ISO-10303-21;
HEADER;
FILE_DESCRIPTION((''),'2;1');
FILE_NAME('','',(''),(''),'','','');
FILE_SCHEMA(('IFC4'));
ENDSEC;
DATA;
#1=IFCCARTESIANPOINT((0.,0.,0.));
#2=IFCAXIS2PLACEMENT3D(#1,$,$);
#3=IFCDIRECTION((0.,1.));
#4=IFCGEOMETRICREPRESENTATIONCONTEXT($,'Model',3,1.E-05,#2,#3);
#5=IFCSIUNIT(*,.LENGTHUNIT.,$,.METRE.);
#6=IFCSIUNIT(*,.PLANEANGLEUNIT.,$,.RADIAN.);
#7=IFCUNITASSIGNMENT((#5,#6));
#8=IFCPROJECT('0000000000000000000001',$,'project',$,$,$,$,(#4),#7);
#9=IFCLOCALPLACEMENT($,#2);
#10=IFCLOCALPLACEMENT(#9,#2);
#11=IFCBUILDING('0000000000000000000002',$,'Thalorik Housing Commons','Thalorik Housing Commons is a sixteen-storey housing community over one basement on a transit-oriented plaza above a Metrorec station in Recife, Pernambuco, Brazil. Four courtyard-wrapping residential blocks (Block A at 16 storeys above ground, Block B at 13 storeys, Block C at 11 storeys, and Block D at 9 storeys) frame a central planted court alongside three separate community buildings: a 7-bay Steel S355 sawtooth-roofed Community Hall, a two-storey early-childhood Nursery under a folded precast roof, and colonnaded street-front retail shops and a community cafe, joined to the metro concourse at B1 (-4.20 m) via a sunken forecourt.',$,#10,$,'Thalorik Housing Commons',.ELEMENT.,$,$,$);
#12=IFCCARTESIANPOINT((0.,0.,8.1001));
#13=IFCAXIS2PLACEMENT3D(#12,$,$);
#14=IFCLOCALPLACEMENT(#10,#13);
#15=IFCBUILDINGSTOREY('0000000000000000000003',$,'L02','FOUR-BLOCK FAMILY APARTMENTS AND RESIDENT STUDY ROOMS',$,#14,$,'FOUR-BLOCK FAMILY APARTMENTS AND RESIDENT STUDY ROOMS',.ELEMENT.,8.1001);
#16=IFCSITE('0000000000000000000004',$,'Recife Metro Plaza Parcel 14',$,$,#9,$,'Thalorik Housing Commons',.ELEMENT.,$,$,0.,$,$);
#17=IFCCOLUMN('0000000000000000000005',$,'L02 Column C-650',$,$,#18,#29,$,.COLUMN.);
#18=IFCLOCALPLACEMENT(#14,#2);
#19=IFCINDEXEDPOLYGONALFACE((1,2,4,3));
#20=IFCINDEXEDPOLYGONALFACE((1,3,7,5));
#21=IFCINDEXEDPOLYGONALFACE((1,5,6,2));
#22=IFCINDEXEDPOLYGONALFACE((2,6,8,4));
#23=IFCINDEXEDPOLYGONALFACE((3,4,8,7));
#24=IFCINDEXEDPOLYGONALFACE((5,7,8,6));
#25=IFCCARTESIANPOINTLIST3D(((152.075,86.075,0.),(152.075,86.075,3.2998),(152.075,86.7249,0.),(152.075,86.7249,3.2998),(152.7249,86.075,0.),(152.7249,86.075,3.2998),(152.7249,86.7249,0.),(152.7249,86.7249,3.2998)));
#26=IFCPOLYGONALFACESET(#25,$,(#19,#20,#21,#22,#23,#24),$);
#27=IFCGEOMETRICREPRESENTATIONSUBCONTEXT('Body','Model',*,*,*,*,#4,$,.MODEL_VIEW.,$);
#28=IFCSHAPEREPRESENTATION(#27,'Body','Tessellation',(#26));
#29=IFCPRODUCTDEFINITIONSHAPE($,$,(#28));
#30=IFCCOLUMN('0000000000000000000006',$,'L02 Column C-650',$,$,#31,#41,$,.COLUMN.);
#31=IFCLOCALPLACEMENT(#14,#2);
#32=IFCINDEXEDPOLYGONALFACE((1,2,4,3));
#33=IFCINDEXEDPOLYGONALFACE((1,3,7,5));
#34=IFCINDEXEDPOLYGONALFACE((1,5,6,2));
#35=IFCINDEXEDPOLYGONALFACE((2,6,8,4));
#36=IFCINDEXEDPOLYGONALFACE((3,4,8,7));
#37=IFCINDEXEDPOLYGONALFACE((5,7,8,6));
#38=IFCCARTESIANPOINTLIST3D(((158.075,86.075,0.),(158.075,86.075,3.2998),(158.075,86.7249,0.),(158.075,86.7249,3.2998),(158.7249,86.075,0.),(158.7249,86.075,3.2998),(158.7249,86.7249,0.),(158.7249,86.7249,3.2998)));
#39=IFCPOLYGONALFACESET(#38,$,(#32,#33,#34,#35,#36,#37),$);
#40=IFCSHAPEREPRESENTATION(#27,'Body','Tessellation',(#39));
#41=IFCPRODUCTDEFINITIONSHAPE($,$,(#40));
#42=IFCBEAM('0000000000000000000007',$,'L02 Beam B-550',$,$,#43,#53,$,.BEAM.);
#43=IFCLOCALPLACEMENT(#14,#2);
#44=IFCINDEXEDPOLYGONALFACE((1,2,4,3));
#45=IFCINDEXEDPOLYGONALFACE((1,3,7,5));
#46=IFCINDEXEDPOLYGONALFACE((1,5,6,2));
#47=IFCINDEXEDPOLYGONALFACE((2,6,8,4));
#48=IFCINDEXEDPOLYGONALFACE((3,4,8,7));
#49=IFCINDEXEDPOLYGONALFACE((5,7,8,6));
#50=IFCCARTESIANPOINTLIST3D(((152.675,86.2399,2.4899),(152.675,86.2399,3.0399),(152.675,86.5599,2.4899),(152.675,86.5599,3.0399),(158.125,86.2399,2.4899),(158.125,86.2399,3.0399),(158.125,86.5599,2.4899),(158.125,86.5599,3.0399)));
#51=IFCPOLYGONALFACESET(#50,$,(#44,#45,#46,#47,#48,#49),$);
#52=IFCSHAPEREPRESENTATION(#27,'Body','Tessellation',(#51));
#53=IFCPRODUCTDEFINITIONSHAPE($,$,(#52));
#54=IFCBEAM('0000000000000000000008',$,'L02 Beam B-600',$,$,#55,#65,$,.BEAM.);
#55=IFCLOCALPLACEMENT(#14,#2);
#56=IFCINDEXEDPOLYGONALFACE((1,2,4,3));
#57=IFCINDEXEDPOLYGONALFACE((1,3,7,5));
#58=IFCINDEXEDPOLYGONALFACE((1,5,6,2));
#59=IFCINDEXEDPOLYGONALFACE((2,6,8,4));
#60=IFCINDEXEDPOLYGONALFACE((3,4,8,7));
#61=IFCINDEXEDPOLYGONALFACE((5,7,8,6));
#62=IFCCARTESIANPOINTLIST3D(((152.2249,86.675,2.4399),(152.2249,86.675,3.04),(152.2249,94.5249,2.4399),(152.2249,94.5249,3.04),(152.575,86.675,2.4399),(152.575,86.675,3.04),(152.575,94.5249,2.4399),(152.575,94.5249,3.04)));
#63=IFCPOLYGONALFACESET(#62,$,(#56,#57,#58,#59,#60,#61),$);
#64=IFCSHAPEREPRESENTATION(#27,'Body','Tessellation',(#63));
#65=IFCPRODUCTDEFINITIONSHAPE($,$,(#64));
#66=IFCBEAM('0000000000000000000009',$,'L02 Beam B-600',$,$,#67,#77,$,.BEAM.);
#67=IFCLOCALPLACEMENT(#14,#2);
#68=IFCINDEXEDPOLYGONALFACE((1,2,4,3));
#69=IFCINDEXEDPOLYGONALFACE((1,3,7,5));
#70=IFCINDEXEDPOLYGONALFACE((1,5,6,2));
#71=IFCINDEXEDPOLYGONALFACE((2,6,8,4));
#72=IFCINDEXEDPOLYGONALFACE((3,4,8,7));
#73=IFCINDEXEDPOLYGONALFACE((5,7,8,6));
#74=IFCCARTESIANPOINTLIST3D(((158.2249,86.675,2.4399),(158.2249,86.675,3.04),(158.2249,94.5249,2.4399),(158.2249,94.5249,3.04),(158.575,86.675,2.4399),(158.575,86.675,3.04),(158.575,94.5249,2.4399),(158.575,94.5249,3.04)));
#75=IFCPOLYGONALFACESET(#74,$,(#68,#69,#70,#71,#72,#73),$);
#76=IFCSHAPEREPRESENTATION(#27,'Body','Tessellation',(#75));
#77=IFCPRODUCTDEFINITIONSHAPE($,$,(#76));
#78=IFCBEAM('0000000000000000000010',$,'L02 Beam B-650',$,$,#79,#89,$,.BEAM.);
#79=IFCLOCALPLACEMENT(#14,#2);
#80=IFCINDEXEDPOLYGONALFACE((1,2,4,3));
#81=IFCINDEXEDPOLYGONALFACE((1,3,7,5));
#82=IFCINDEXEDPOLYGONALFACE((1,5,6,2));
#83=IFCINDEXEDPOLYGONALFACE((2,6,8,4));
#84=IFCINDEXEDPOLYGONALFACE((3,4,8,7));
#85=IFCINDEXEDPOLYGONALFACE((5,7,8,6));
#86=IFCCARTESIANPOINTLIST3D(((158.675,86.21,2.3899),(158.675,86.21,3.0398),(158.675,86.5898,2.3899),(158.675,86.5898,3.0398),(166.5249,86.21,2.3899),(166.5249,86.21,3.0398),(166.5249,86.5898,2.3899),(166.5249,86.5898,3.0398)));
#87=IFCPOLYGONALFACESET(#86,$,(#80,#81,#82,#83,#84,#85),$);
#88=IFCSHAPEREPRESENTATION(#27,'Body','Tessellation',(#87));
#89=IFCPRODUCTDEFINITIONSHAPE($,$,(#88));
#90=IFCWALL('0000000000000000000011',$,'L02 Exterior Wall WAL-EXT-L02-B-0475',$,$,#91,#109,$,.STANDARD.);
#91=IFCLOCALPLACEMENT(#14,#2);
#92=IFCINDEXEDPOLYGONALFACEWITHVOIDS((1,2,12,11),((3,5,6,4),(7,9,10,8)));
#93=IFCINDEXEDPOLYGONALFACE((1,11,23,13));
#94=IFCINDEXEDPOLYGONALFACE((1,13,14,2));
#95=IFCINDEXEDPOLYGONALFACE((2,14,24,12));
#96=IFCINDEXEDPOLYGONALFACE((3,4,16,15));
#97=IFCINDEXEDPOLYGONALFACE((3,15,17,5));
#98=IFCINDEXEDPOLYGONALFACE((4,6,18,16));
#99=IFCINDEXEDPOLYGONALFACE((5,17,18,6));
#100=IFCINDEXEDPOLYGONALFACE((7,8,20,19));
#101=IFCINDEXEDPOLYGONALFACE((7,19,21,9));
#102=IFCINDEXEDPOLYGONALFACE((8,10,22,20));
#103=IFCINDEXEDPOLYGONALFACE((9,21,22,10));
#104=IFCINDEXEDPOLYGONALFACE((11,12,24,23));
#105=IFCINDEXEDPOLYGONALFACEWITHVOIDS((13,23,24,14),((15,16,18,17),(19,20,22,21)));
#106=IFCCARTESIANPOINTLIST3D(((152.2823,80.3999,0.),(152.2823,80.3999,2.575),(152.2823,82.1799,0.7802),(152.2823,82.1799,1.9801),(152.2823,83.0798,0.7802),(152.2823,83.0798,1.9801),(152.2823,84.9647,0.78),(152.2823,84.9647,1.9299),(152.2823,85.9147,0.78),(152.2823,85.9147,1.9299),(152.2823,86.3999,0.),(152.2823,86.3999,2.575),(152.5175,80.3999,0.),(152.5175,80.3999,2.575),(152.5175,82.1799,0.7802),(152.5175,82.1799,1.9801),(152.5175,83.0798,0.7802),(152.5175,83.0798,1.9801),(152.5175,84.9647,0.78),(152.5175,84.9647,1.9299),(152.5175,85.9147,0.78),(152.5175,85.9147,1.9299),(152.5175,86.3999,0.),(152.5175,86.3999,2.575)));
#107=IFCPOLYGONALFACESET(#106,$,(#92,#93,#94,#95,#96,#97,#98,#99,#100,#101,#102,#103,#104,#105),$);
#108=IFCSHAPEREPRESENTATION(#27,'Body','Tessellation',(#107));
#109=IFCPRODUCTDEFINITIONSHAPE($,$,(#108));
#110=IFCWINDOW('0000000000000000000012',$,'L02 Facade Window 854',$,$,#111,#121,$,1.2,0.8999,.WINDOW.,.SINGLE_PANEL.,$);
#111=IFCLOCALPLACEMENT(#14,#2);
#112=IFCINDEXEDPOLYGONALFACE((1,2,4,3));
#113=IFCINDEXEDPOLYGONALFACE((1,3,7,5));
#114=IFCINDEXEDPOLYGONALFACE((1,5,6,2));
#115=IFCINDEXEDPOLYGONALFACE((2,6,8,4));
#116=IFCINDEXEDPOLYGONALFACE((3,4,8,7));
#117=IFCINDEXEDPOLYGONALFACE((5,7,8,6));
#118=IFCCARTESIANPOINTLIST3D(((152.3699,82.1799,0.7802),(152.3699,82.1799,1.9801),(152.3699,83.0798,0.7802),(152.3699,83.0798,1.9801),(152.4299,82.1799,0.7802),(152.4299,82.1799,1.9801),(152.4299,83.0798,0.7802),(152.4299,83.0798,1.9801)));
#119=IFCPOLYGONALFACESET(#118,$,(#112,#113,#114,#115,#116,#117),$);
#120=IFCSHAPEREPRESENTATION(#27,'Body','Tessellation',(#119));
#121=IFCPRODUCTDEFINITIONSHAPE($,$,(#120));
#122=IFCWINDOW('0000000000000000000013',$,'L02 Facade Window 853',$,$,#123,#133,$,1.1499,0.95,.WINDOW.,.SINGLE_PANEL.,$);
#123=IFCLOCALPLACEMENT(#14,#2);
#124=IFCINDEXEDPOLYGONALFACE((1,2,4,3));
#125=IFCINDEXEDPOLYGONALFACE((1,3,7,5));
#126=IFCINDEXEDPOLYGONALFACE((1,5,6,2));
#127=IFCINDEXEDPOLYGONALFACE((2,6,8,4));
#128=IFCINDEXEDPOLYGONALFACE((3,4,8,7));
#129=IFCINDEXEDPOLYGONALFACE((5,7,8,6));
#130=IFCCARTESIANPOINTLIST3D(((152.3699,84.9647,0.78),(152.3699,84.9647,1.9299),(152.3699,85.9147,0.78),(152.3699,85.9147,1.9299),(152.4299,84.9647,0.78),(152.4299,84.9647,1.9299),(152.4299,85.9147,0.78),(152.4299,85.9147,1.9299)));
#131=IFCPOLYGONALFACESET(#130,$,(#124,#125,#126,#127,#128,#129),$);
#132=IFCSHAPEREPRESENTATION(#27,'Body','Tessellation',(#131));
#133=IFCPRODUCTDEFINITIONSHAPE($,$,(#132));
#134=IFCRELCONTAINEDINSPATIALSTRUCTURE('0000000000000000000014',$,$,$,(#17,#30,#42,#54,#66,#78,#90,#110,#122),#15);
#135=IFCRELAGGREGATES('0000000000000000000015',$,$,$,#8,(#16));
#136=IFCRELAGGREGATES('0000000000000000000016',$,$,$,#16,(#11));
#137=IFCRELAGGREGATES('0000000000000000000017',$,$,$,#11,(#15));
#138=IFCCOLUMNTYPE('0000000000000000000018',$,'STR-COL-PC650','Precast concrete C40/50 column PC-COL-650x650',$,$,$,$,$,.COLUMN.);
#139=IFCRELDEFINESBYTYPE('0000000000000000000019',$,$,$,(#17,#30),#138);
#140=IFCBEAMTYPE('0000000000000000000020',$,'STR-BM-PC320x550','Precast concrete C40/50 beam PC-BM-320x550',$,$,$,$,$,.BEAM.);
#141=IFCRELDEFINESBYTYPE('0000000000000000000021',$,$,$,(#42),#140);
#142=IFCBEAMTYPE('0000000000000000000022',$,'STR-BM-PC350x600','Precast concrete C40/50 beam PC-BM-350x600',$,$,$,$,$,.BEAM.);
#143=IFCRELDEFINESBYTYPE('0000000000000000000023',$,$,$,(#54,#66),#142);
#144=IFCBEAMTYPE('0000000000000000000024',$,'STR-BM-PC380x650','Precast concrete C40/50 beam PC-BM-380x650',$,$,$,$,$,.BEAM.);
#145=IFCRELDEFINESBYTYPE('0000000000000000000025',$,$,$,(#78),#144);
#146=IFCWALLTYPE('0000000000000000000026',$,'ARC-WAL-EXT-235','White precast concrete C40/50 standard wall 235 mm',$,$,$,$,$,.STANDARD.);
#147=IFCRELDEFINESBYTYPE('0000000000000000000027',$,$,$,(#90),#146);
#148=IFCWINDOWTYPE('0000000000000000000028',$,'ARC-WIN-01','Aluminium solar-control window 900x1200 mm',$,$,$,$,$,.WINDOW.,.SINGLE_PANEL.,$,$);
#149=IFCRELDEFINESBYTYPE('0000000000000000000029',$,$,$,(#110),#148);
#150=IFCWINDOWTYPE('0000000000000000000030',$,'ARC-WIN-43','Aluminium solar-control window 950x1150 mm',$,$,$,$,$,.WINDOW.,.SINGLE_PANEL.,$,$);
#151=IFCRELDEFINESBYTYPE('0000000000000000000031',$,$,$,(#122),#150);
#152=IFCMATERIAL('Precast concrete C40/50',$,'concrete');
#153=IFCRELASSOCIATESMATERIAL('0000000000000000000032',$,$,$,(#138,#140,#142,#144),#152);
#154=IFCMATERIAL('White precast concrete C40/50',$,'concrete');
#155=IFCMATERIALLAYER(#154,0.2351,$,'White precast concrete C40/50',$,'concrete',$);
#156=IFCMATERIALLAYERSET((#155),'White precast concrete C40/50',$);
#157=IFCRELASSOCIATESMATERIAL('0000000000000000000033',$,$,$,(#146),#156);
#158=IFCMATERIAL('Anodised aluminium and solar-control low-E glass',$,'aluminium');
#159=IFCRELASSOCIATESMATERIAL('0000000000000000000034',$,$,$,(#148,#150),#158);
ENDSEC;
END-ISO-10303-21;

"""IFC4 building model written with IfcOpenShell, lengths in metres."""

from ifc_helpers import new_model, si_unit, direction, frame, frame_2d, origin, origin_2d, place, context, subcontext, project, spatial, rectangle, extrude, material, layer, layer_set, material_profile, profile_set, type_object, element, fill, save


model = new_model("IFC4")

# Units and contexts
model_context = context("Model", 3, precision=1e-05, world=origin(), true_north=direction((0.0, 1.0)))
body_context = subcontext(model_context, "Body", "Model", "MODEL_VIEW")
ifc_project = project(units=[si_unit("LENGTHUNIT", "METRE"), si_unit("PLANEANGLEUNIT", "RADIAN")], contexts=[model_context])

# Site, building, storey
site_placement = place(None, origin())
site = spatial("IfcSite", under=ifc_project, at=site_placement, Name="Recife Metro Plaza Parcel 14", LongName="Thalorik Housing Commons", CompositionType="ELEMENT", RefElevation=0.0)
building_placement = place(site_placement, origin())
building = spatial("IfcBuilding", under=site, at=building_placement, Name="Thalorik Housing Commons", Description="Thalorik Housing Commons is a sixteen-storey housing community over one basement on a transit-oriented plaza above a Metrorec station in Recife, Pernambuco, Brazil. Four courtyard-wrapping residential blocks (Block A at 16 storeys above ground, Block B at 13 storeys, Block C at 11 storeys, and Block D at 9 storeys) frame a central planted court alongside three separate community buildings: a 7-bay Steel S355 sawtooth-roofed Community Hall, a two-storey early-childhood Nursery under a folded precast roof, and colonnaded street-front retail shops and a community cafe, joined to the metro concourse at B1 (-4.20 m) via a sunken forecourt.", LongName="Thalorik Housing Commons", CompositionType="ELEMENT")
storey_placement = place(building_placement, frame((0.0, 0.0, 8.1001)))
storey = spatial("IfcBuildingStorey", under=building, at=storey_placement, Name="L02", Description="FOUR-BLOCK FAMILY APARTMENTS AND RESIDENT STUDY ROOMS", LongName="FOUR-BLOCK FAMILY APARTMENTS AND RESIDENT STUDY ROOMS", CompositionType="ELEMENT", Elevation=8.1001)

# Columns
ifc_material_1 = material(Name="Precast concrete C40/50", Category="concrete")
ifc_material_profile_1 = material_profile(ifc_material_1, rectangle(XDim=0.6499, YDim=0.6499, at=origin_2d()), Name="PC 650x650", Category="concrete")
ifc_profile_set_1 = profile_set([ifc_material_profile_1], Name="Precast concrete C40/50")
column_type = type_object("IfcColumnType", Name="STR-COL-PC650", Description="Precast concrete C40/50 column PC-COL-650x650", PredefinedType="COLUMN", material=ifc_profile_set_1)
for number, where, z_axis, x_axis, name in (
    (1, (152.3999, 86.3999, 0.0), (0.0, 0.0, 1.0), (1.0, 0.0, 0.0), "L02 Column C-650"),
    (2, (158.3999, 86.3999, 0.0), (0.0, 0.0, 1.0), (1.0, 0.0, 0.0), "L02 Column C-650"),
):
    element("IfcColumn", number, at=place(storey_placement, frame(where, z_axis=z_axis, x_axis=x_axis)), inside=storey, type_object=column_type, Name=name, PredefinedType="COLUMN", context=body_context, shape_type="SweptSolid", body=[
        extrude(rectangle(XDim=0.6499, YDim=0.6499, at=origin_2d()), origin(), (0.0, 0.0, 1.0), 3.2998),
    ])

# Beams
ifc_material_profile_2 = material_profile(ifc_material_1, rectangle(XDim=0.3201, YDim=0.55, at=origin_2d()), Name="PC 320x550", Category="concrete")
ifc_profile_set_2 = profile_set([ifc_material_profile_2], Name="Precast concrete C40/50")
beam_type_1 = type_object("IfcBeamType", Name="STR-BM-PC320x550", Description="Precast concrete C40/50 beam PC-BM-320x550", PredefinedType="BEAM", material=ifc_profile_set_2)
beam_1_placement = place(storey_placement, frame((152.675, 86.3999, 2.7649), z_axis=(1.0, 0.0, 0.0), x_axis=(0.0, 1.0, 0.0)))
element("IfcBeam", 3, at=beam_1_placement, inside=storey, type_object=beam_type_1, Name="L02 Beam B-550", PredefinedType="BEAM", context=body_context, shape_type="SweptSolid", body=[
    extrude(rectangle(XDim=0.3201, YDim=0.55, at=origin_2d()), origin(), (0.0, 0.0, 1.0), 5.45),
])
ifc_material_profile_3 = material_profile(ifc_material_1, rectangle(XDim=0.3501, YDim=0.6001, at=origin_2d()), Name="PC 350x600", Category="concrete")
ifc_profile_set_3 = profile_set([ifc_material_profile_3], Name="Precast concrete C40/50")
beam_type_2 = type_object("IfcBeamType", Name="STR-BM-PC350x600", Description="Precast concrete C40/50 beam PC-BM-350x600", PredefinedType="BEAM", material=ifc_profile_set_3)
for number, where, z_axis, x_axis, name in (
    (4, (152.3999, 86.675, 2.74), (0.0, 1.0, 0.0), (-1.0, 0.0, 0.0), "L02 Beam B-600"),
    (5, (158.3999, 86.675, 2.74), (0.0, 1.0, 0.0), (-1.0, 0.0, 0.0), "L02 Beam B-600"),
):
    element("IfcBeam", number, at=place(storey_placement, frame(where, z_axis=z_axis, x_axis=x_axis)), inside=storey, type_object=beam_type_2, Name=name, PredefinedType="BEAM", context=body_context, shape_type="SweptSolid", body=[
        extrude(rectangle(XDim=0.3501, YDim=0.6001, at=origin_2d()), origin(), (0.0, 0.0, 1.0), 7.8499),
    ])
ifc_material_profile_4 = material_profile(ifc_material_1, rectangle(XDim=0.3799, YDim=0.6499, at=origin_2d()), Name="PC 380x650", Category="concrete")
ifc_profile_set_4 = profile_set([ifc_material_profile_4], Name="Precast concrete C40/50")
beam_type_3 = type_object("IfcBeamType", Name="STR-BM-PC380x650", Description="Precast concrete C40/50 beam PC-BM-380x650", PredefinedType="BEAM", material=ifc_profile_set_4)
beam_2_placement = place(storey_placement, frame((158.675, 86.3999, 2.7148), z_axis=(1.0, 0.0, 0.0), x_axis=(0.0, 1.0, 0.0)))
element("IfcBeam", 6, at=beam_2_placement, inside=storey, type_object=beam_type_3, Name="L02 Beam B-650", PredefinedType="BEAM", context=body_context, shape_type="SweptSolid", body=[
    extrude(rectangle(XDim=0.3799, YDim=0.6499, at=origin_2d()), origin(), (0.0, 0.0, 1.0), 7.8499),
])

# Wall, openings, windows
ifc_material_2 = material(Name="White precast concrete C40/50", Category="concrete")
ifc_layer_1 = layer(ifc_material_2, 0.2351, Name="White precast concrete C40/50", Category="concrete")
ifc_layer_set_1 = layer_set([ifc_layer_1], Name="White precast concrete C40/50")
wall_type_1 = type_object("IfcWallType", Name="ARC-WAL-EXT-235", Description="White precast concrete C40/50 standard wall 235 mm", PredefinedType="STANDARD", material=ifc_layer_set_1)
wall_1_placement = place(storey_placement, frame((152.3999, 86.3999, 0.0), z_axis=(0.0, 0.0, 1.0), x_axis=(0.0, -1.0, 0.0)))
wall_1 = element("IfcWall", 7, at=wall_1_placement, inside=storey, type_object=wall_type_1, Name="L02 Exterior Wall WAL-EXT-L02-B-0475", PredefinedType="STANDARD", context=body_context, shape_type="SweptSolid", body=[
    extrude(rectangle(XDim=6.0, YDim=0.2351, at=frame_2d((3.0, 0.0))), origin(), (0.0, 0.0, 1.0), 2.575),
])
opening_1_placement = place(wall_1_placement, frame((0.4851, 0.0, 0.78)))
opening_1 = element("IfcOpeningElement", 8, at=opening_1_placement, cuts=wall_1, PredefinedType="OPENING", context=body_context, shape_type="SweptSolid", body=[
    extrude(rectangle(XDim=0.95, YDim=1.1499, at=frame_2d((0.4751, 0.575))), frame((0.0, 0.1274, 0.0), z_axis=(0.0, -1.0, 0.0), x_axis=(1.0, 0.0, 0.0)), (0.0, 0.0, 1.0), 0.2551),
])
opening_2_placement = place(wall_1_placement, frame((3.3201, 0.0, 0.78)))
opening_2 = element("IfcOpeningElement", 9, at=opening_2_placement, cuts=wall_1, PredefinedType="OPENING", context=body_context, shape_type="SweptSolid", body=[
    extrude(rectangle(XDim=0.8999, YDim=1.2, at=frame_2d((0.45, 0.6001))), frame((0.0, 0.1274, 0.0), z_axis=(0.0, -1.0, 0.0), x_axis=(1.0, 0.0, 0.0)), (0.0, 0.0, 1.0), 0.2551),
])
ifc_material_3 = material(Name="Anodised aluminium and solar-control low-E glass", Category="aluminium")
window_type_1 = type_object("IfcWindowType", Name="ARC-WIN-01", Description="Aluminium solar-control window 900x1200 mm", PartitioningType="SINGLE_PANEL", PredefinedType="WINDOW", material=ifc_material_3)
window_1_placement = place(opening_2_placement, origin())
window_1 = element("IfcWindow", 10, at=window_1_placement, inside=storey, type_object=window_type_1, Name="L02 Facade Window 854", OverallHeight=1.2, OverallWidth=0.8999, PartitioningType="SINGLE_PANEL", PredefinedType="WINDOW", context=body_context, shape_type="SweptSolid", body=[
    extrude(rectangle(XDim=0.8999, YDim=1.2, at=frame_2d((0.45, 0.6001))), frame((0.0, 0.03, 0.0), z_axis=(0.0, -1.0, 0.0), x_axis=(1.0, 0.0, 0.0)), (0.0, 0.0, 1.0), 0.0601),
])
fill(opening_2, window_1)
window_type_2 = type_object("IfcWindowType", Name="ARC-WIN-43", Description="Aluminium solar-control window 950x1150 mm", PartitioningType="SINGLE_PANEL", PredefinedType="WINDOW", material=ifc_material_3)
window_2_placement = place(opening_1_placement, origin())
window_2 = element("IfcWindow", 11, at=window_2_placement, inside=storey, type_object=window_type_2, Name="L02 Facade Window 853", OverallHeight=1.1499, OverallWidth=0.95, PartitioningType="SINGLE_PANEL", PredefinedType="WINDOW", context=body_context, shape_type="SweptSolid", body=[
    extrude(rectangle(XDim=0.95, YDim=1.1499, at=frame_2d((0.4751, 0.575))), frame((0.0, 0.03, 0.0), z_axis=(0.0, -1.0, 0.0), x_axis=(1.0, 0.0, 0.0)), (0.0, 0.0, 1.0), 0.0601),
])
fill(opening_1, window_2)

save(model, "model.ifc")
